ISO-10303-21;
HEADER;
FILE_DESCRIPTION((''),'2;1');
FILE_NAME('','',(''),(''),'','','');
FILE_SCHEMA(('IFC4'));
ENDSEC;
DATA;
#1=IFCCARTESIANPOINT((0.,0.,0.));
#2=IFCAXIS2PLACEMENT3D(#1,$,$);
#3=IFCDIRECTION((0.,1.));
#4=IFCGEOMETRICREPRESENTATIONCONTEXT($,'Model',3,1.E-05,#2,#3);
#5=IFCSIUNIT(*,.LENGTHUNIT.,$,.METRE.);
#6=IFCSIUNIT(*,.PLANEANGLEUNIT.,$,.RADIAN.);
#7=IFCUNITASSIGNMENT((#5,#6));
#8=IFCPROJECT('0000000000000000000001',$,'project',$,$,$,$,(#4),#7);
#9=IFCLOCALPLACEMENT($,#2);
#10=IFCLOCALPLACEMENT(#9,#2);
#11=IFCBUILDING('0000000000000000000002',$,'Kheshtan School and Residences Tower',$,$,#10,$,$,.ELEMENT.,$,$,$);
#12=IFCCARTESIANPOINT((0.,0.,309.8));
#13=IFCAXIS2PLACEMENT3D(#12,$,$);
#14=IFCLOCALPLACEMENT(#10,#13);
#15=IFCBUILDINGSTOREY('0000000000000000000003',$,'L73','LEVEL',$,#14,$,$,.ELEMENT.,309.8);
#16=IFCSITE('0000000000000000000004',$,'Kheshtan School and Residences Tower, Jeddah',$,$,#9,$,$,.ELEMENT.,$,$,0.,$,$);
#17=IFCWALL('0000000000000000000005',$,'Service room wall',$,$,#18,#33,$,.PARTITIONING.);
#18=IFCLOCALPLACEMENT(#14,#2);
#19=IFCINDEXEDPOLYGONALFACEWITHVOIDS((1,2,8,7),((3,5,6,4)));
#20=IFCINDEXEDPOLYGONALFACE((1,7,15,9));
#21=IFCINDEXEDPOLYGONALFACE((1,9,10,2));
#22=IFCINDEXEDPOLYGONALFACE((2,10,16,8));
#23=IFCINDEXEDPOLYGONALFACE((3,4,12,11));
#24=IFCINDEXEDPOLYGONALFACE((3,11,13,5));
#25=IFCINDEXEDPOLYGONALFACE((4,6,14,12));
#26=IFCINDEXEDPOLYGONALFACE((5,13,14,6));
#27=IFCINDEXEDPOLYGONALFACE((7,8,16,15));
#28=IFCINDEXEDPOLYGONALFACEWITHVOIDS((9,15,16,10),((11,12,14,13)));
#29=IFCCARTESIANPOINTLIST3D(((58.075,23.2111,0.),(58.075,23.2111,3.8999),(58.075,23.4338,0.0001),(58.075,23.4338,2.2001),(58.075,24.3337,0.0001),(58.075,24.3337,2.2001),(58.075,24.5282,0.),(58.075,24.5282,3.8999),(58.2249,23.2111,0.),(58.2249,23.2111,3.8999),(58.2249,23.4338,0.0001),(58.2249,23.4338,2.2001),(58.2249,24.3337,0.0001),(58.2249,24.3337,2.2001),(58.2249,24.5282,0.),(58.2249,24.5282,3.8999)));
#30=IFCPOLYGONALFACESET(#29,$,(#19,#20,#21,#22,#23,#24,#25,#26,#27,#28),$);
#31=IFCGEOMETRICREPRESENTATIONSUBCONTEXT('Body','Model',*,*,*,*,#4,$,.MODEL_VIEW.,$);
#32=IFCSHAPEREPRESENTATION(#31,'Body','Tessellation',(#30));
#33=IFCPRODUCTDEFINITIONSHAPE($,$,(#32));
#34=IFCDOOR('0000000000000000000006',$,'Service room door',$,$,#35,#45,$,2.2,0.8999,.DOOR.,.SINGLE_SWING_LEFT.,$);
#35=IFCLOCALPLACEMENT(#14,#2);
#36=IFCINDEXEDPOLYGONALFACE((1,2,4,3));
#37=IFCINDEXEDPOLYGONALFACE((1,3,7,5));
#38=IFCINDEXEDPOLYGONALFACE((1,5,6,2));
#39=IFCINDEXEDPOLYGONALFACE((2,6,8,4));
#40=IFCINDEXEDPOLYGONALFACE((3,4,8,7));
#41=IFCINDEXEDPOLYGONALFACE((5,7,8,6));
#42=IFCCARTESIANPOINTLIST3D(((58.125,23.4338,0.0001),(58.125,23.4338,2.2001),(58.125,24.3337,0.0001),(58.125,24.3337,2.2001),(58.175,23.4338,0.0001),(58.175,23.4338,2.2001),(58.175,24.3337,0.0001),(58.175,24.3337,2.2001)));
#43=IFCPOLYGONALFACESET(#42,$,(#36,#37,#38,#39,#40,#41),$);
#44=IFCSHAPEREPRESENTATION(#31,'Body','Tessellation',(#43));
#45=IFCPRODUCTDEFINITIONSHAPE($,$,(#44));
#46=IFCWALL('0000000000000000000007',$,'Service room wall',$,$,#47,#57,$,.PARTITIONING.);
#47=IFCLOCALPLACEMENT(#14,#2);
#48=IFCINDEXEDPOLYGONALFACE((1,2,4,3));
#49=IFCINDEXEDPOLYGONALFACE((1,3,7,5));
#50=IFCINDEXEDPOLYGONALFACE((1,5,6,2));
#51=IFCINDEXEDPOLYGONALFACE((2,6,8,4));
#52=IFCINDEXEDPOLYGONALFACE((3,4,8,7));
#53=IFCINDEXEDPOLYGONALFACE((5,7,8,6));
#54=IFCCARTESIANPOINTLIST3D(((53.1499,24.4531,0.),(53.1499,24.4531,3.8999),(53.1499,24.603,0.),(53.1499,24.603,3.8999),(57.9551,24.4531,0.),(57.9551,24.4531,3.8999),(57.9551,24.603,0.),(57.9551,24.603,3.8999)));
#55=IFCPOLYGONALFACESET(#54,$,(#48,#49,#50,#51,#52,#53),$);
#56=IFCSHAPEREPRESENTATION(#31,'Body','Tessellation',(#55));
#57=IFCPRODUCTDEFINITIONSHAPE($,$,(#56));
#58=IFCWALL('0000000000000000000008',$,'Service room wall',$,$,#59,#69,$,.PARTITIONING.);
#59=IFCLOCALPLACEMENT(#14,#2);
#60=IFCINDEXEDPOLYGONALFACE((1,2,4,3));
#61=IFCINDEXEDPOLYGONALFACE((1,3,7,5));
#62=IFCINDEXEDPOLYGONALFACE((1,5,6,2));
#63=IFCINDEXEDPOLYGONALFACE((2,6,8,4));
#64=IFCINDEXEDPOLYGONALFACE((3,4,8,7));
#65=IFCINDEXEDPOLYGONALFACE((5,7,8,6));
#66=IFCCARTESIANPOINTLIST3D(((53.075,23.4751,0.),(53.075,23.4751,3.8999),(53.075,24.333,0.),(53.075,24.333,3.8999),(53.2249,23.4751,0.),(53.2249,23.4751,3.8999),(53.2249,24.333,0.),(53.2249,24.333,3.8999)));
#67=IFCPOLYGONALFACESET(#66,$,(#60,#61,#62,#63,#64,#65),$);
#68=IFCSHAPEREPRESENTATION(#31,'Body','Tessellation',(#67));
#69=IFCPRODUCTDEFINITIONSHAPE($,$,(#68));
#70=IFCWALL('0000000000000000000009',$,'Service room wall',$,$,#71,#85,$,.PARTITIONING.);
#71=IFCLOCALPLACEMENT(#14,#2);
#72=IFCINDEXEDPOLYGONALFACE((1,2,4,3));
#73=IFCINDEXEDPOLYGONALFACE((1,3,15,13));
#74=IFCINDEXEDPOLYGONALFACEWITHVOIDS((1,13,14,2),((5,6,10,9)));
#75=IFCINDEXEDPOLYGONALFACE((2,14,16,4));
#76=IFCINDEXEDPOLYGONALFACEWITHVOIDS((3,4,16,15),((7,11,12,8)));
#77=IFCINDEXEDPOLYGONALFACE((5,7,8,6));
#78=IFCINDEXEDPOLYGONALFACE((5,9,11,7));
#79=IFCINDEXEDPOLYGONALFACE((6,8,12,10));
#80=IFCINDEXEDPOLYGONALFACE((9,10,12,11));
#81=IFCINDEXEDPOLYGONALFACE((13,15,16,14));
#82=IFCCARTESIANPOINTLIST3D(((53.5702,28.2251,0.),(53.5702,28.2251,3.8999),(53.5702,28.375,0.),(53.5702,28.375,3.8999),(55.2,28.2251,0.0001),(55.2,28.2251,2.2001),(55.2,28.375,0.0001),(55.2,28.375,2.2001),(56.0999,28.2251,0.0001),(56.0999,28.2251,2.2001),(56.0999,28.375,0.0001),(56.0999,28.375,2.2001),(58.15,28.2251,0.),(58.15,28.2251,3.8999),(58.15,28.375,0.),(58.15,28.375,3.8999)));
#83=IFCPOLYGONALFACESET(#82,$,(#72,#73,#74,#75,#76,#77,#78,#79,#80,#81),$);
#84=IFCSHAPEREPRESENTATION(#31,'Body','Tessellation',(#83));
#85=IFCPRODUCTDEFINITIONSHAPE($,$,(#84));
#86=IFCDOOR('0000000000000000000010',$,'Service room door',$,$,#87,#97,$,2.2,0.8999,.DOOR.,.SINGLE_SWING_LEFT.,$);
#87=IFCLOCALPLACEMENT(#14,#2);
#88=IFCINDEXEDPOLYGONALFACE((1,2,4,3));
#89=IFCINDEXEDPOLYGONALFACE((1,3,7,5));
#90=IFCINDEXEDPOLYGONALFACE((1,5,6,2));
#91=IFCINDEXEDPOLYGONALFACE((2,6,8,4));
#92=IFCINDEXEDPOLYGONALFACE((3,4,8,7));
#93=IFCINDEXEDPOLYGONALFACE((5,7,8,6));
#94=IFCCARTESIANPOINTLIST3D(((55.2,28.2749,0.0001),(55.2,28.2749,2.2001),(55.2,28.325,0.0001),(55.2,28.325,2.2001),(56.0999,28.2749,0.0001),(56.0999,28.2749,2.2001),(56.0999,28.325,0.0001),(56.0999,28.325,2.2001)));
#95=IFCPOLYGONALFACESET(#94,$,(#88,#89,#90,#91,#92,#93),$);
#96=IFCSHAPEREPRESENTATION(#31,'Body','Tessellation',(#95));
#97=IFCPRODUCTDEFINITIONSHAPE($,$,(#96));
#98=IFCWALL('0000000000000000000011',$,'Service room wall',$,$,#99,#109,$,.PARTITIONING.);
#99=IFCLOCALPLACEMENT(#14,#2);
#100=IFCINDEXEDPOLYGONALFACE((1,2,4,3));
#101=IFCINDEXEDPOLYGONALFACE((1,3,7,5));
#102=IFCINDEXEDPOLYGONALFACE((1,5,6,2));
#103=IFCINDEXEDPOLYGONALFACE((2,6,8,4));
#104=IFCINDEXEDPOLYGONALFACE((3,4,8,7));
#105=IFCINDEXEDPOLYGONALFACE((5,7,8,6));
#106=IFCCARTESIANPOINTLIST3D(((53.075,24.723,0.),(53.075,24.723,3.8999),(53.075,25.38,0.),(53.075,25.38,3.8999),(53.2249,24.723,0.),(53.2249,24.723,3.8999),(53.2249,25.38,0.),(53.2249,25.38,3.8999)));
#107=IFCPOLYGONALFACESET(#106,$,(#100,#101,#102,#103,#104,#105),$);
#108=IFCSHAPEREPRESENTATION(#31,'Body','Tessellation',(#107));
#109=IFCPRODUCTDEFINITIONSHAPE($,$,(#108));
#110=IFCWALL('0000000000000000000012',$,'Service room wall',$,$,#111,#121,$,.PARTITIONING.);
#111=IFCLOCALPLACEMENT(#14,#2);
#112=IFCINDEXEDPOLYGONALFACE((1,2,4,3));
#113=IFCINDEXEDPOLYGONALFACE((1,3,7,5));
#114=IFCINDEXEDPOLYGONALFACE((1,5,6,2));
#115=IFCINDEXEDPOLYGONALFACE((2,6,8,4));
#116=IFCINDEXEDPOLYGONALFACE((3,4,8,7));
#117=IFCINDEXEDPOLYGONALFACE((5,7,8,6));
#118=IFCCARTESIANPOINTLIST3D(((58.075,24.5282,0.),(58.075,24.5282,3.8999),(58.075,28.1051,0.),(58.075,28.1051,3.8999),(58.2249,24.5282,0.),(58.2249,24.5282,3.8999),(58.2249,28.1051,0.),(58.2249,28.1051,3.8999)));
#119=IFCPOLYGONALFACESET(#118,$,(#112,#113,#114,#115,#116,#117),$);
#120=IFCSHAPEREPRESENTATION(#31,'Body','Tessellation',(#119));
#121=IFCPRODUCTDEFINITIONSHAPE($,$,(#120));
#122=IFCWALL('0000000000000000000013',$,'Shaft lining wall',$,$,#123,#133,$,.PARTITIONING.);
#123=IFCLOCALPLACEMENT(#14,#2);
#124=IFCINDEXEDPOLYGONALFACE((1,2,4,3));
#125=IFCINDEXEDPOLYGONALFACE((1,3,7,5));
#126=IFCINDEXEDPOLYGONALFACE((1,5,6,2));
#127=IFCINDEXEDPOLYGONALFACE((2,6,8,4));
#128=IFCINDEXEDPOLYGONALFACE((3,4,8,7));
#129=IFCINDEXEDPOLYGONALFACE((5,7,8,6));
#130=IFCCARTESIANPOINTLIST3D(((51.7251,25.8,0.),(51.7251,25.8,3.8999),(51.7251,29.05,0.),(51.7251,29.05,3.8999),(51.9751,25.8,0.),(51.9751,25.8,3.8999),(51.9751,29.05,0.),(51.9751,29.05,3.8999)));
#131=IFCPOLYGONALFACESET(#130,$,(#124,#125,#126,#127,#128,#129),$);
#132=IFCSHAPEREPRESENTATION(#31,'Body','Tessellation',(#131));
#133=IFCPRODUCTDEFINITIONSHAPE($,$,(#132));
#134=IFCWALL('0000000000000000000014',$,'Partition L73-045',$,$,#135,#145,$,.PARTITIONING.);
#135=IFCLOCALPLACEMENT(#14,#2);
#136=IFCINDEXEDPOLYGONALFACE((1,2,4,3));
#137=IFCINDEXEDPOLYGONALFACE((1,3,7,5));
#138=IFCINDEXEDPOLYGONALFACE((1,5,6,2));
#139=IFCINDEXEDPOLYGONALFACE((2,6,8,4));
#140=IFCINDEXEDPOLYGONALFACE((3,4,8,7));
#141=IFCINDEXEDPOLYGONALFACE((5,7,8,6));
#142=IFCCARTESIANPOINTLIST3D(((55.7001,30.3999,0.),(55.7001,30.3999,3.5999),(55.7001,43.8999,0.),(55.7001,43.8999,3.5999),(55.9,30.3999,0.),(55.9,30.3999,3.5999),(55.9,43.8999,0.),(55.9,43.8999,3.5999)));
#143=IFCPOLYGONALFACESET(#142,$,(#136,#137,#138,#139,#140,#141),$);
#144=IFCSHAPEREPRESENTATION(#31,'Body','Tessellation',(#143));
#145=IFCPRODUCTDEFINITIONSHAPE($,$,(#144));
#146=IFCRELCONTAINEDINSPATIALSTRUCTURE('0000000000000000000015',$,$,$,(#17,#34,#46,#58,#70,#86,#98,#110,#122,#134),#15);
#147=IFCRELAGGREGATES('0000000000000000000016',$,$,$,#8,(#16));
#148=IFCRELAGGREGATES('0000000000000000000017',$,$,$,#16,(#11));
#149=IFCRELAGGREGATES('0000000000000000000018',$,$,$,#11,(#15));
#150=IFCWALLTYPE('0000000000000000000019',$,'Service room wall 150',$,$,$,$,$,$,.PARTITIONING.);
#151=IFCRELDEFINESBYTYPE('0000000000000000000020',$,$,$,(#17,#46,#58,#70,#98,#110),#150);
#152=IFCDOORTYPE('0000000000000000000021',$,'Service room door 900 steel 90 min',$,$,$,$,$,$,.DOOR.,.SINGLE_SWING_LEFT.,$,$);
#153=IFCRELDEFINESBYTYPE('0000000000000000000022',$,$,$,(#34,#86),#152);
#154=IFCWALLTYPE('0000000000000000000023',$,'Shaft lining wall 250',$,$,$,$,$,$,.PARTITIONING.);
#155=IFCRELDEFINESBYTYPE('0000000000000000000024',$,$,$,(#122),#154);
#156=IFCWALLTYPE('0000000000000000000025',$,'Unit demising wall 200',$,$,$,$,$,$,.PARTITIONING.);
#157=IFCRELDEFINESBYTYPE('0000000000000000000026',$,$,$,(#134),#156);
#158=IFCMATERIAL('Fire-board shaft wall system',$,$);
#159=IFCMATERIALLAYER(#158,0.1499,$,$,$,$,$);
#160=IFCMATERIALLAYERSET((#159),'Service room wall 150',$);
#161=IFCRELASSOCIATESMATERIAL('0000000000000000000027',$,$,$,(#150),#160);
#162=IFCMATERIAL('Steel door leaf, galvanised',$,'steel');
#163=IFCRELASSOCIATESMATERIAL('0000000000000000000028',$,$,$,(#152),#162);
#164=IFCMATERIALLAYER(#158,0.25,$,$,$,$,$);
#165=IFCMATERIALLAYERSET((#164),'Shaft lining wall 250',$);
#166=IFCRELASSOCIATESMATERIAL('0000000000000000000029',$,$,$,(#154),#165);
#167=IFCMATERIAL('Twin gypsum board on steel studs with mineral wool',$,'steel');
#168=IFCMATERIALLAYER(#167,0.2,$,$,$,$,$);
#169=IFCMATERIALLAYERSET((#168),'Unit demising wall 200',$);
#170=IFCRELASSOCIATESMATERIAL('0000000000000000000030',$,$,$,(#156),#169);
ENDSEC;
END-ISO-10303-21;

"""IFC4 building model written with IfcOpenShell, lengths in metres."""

from ifc_helpers import new_model, si_unit, direction, frame, frame_2d, origin, place, context, subcontext, project, spatial, rectangle, extrude, source, transform, mapped, material, layer, layer_set, type_object, element, fill, save


model = new_model("IFC4")

# Units and contexts
model_context = context("Model", 3, precision=1e-05, world=origin(), true_north=direction((0.0, 1.0)))
body_context = subcontext(model_context, "Body", "Model", "MODEL_VIEW")
ifc_project = project(units=[si_unit("LENGTHUNIT", "METRE"), si_unit("PLANEANGLEUNIT", "RADIAN")], contexts=[model_context])

# Site, building, storey
site_placement = place(None, origin())
site = spatial("IfcSite", under=ifc_project, at=site_placement, Name="Kheshtan School and Residences Tower, Jeddah", CompositionType="ELEMENT", RefElevation=0.0)
building_placement = place(site_placement, origin())
building = spatial("IfcBuilding", under=site, at=building_placement, Name="Kheshtan School and Residences Tower", CompositionType="ELEMENT")
storey_placement = place(building_placement, frame((0.0, 0.0, 309.8)))
storey = spatial("IfcBuildingStorey", under=building, at=storey_placement, Name="L73", Description="LEVEL", CompositionType="ELEMENT", Elevation=309.8)

# Shared definitions
ifc_material_1 = material(Name="Steel door leaf, galvanised", Category="steel")

# Wall, opening, door
ifc_material_2 = material(Name="Fire-board shaft wall system")
ifc_layer_1 = layer(ifc_material_2, 0.1499)
ifc_layer_set_1 = layer_set([ifc_layer_1], Name="Service room wall 150")
wall_type_1 = type_object("IfcWallType", Name="Service room wall 150", PredefinedType="PARTITIONING", material=ifc_layer_set_1)
wall_1_placement = place(storey_placement, frame((58.1499, 23.2109, 0.0), z_axis=(0.0, 0.0, 1.0), x_axis=(0.0, 1.0, 0.0)))
wall_1 = element("IfcWall", 1, at=wall_1_placement, inside=storey, type_object=wall_type_1, Name="Service room wall", PredefinedType="PARTITIONING", context=body_context, shape_type="SweptSolid", body=[
    extrude(rectangle(XDim=1.3171, YDim=0.1499, at=frame_2d((0.6587, 0.0))), origin(), (0.0, 0.0, 1.0), 3.8999),
])
opening_1_placement = place(wall_1_placement, frame((0.2229, 0.0, 0.0)))
opening_1 = element("IfcOpeningElement", 2, at=opening_1_placement, cuts=wall_1, PredefinedType="OPENING", context=body_context, shape_type="SweptSolid", body=[
    extrude(rectangle(XDim=0.8999, YDim=2.2, at=frame_2d((0.45, 1.1001))), frame((0.0, 0.085, 0.0), z_axis=(0.0, -1.0, 0.0), x_axis=(1.0, 0.0, 0.0)), (0.0, 0.0, 1.0), 0.1699),
])
door_type_1 = type_object("IfcDoorType", Name="Service room door 900 steel 90 min", OperationType="SINGLE_SWING_LEFT", PredefinedType="DOOR", material=ifc_material_1)
shared_shape_1 = source(origin(), body_context, "Body", "SweptSolid", [
    extrude(rectangle(XDim=0.8999, YDim=2.2, at=frame_2d((0.45, 1.1001))), frame((0.0, 0.0249, 0.0), z_axis=(0.0, -1.0, 0.0), x_axis=(1.0, 0.0, 0.0)), (0.0, 0.0, 1.0), 0.05),
])
door_1_placement = place(opening_1_placement, origin())
door_1 = element("IfcDoor", 3, at=door_1_placement, inside=storey, type_object=door_type_1, Name="Service room door", OperationType="SINGLE_SWING_LEFT", OverallHeight=2.2, OverallWidth=0.8999, PredefinedType="DOOR", context=body_context, shape_type="MappedRepresentation", body=[
    mapped(shared_shape_1, transform((0.0, 0.0, 0.0), x_axis=(1.0, 0.0, 0.0), y_axis=(0.0, 1.0, 0.0), z_axis=(0.0, 0.0, 1.0), scale=1.0)),
])
fill(opening_1, door_1)

# Walls
wall_2_placement = place(storey_placement, frame((53.1499, 24.5281, 0.0), z_axis=(0.0, 0.0, 1.0), x_axis=(1.0, 0.0, 0.0)))
element("IfcWall", 4, at=wall_2_placement, inside=storey, type_object=wall_type_1, Name="Service room wall", PredefinedType="PARTITIONING", context=body_context, shape_type="SweptSolid", body=[
    extrude(rectangle(XDim=4.8052, YDim=0.1499, at=frame_2d((2.4026, 0.0))), origin(), (0.0, 0.0, 1.0), 3.8999),
])
wall_3_placement = place(storey_placement, frame((53.1499, 23.4751, 0.0), z_axis=(0.0, 0.0, 1.0), x_axis=(0.0, 1.0, 0.0)))
element("IfcWall", 5, at=wall_3_placement, inside=storey, type_object=wall_type_1, Name="Service room wall", PredefinedType="PARTITIONING", context=body_context, shape_type="SweptSolid", body=[
    extrude(rectangle(XDim=0.8579, YDim=0.1499, at=frame_2d((0.429, 0.0))), origin(), (0.0, 0.0, 1.0), 3.8999),
])

# Wall, opening, door
wall_4_placement = place(storey_placement, frame((53.5701, 28.3, 0.0), z_axis=(0.0, 0.0, 1.0), x_axis=(1.0, 0.0, 0.0)))
wall_4 = element("IfcWall", 6, at=wall_4_placement, inside=storey, type_object=wall_type_1, Name="Service room wall", PredefinedType="PARTITIONING", context=body_context, shape_type="SweptSolid", body=[
    extrude(rectangle(XDim=4.5798, YDim=0.1499, at=frame_2d((2.29, 0.0))), origin(), (0.0, 0.0, 1.0), 3.8999),
])
opening_2_placement = place(wall_4_placement, frame((1.6299, 0.0, 0.0)))
opening_2 = element("IfcOpeningElement", 7, at=opening_2_placement, cuts=wall_4, PredefinedType="OPENING", context=body_context, shape_type="SweptSolid", body=[
    extrude(rectangle(XDim=0.8999, YDim=2.2, at=frame_2d((0.45, 1.1001))), frame((0.0, 0.085, 0.0), z_axis=(0.0, -1.0, 0.0), x_axis=(1.0, 0.0, 0.0)), (0.0, 0.0, 1.0), 0.1699),
])
door_2_placement = place(opening_2_placement, origin())
door_2 = element("IfcDoor", 8, at=door_2_placement, inside=storey, type_object=door_type_1, Name="Service room door", OperationType="SINGLE_SWING_LEFT", OverallHeight=2.2, OverallWidth=0.8999, PredefinedType="DOOR", context=body_context, shape_type="MappedRepresentation", body=[
    mapped(shared_shape_1, transform((0.0, 0.0, 0.0), x_axis=(1.0, 0.0, 0.0), y_axis=(0.0, 1.0, 0.0), z_axis=(0.0, 0.0, 1.0), scale=1.0)),
])
fill(opening_2, door_2)

# Walls
wall_5_placement = place(storey_placement, frame((53.1499, 24.7229, 0.0), z_axis=(0.0, 0.0, 1.0), x_axis=(0.0, 1.0, 0.0)))
element("IfcWall", 9, at=wall_5_placement, inside=storey, type_object=wall_type_1, Name="Service room wall", PredefinedType="PARTITIONING", context=body_context, shape_type="SweptSolid", body=[
    extrude(rectangle(XDim=0.657, YDim=0.1499, at=frame_2d((0.3286, 0.0))), origin(), (0.0, 0.0, 1.0), 3.8999),
])
wall_6_placement = place(storey_placement, frame((58.1499, 24.5281, 0.0), z_axis=(0.0, 0.0, 1.0), x_axis=(0.0, 1.0, 0.0)))
element("IfcWall", 10, at=wall_6_placement, inside=storey, type_object=wall_type_1, Name="Service room wall", PredefinedType="PARTITIONING", context=body_context, shape_type="SweptSolid", body=[
    extrude(rectangle(XDim=3.5769, YDim=0.1499, at=frame_2d((1.7886, 0.0))), origin(), (0.0, 0.0, 1.0), 3.8999),
])
ifc_layer_2 = layer(ifc_material_2, 0.25)
ifc_layer_set_2 = layer_set([ifc_layer_2], Name="Shaft lining wall 250")
wall_type_2 = type_object("IfcWallType", Name="Shaft lining wall 250", PredefinedType="PARTITIONING", material=ifc_layer_set_2)
wall_7_placement = place(storey_placement, frame((51.8501, 25.8, 0.0), z_axis=(0.0, 0.0, 1.0), x_axis=(0.0, 1.0, 0.0)))
element("IfcWall", 11, at=wall_7_placement, inside=storey, type_object=wall_type_2, Name="Shaft lining wall", PredefinedType="PARTITIONING", context=body_context, shape_type="SweptSolid", body=[
    extrude(rectangle(XDim=3.25, YDim=0.25, at=frame_2d((1.625, 0.0))), origin(), (0.0, 0.0, 1.0), 3.8999),
])
ifc_material_3 = material(Name="Twin gypsum board on steel studs with mineral wool", Category="steel")
ifc_layer_3 = layer(ifc_material_3, 0.2)
ifc_layer_set_3 = layer_set([ifc_layer_3], Name="Unit demising wall 200")
wall_type_3 = type_object("IfcWallType", Name="Unit demising wall 200", PredefinedType="PARTITIONING", material=ifc_layer_set_3)
wall_8_placement = place(storey_placement, frame((55.8, 30.3999, 0.0), z_axis=(0.0, 0.0, 1.0), x_axis=(0.0, 1.0, 0.0)))
element("IfcWall", 12, at=wall_8_placement, inside=storey, type_object=wall_type_3, Name="Partition L73-045", PredefinedType="PARTITIONING", context=body_context, shape_type="SweptSolid", body=[
    extrude(rectangle(XDim=13.5, YDim=0.2, at=frame_2d((6.75, 0.0))), origin(), (0.0, 0.0, 1.0), 3.5999),
])

save(model, "model.ifc")
